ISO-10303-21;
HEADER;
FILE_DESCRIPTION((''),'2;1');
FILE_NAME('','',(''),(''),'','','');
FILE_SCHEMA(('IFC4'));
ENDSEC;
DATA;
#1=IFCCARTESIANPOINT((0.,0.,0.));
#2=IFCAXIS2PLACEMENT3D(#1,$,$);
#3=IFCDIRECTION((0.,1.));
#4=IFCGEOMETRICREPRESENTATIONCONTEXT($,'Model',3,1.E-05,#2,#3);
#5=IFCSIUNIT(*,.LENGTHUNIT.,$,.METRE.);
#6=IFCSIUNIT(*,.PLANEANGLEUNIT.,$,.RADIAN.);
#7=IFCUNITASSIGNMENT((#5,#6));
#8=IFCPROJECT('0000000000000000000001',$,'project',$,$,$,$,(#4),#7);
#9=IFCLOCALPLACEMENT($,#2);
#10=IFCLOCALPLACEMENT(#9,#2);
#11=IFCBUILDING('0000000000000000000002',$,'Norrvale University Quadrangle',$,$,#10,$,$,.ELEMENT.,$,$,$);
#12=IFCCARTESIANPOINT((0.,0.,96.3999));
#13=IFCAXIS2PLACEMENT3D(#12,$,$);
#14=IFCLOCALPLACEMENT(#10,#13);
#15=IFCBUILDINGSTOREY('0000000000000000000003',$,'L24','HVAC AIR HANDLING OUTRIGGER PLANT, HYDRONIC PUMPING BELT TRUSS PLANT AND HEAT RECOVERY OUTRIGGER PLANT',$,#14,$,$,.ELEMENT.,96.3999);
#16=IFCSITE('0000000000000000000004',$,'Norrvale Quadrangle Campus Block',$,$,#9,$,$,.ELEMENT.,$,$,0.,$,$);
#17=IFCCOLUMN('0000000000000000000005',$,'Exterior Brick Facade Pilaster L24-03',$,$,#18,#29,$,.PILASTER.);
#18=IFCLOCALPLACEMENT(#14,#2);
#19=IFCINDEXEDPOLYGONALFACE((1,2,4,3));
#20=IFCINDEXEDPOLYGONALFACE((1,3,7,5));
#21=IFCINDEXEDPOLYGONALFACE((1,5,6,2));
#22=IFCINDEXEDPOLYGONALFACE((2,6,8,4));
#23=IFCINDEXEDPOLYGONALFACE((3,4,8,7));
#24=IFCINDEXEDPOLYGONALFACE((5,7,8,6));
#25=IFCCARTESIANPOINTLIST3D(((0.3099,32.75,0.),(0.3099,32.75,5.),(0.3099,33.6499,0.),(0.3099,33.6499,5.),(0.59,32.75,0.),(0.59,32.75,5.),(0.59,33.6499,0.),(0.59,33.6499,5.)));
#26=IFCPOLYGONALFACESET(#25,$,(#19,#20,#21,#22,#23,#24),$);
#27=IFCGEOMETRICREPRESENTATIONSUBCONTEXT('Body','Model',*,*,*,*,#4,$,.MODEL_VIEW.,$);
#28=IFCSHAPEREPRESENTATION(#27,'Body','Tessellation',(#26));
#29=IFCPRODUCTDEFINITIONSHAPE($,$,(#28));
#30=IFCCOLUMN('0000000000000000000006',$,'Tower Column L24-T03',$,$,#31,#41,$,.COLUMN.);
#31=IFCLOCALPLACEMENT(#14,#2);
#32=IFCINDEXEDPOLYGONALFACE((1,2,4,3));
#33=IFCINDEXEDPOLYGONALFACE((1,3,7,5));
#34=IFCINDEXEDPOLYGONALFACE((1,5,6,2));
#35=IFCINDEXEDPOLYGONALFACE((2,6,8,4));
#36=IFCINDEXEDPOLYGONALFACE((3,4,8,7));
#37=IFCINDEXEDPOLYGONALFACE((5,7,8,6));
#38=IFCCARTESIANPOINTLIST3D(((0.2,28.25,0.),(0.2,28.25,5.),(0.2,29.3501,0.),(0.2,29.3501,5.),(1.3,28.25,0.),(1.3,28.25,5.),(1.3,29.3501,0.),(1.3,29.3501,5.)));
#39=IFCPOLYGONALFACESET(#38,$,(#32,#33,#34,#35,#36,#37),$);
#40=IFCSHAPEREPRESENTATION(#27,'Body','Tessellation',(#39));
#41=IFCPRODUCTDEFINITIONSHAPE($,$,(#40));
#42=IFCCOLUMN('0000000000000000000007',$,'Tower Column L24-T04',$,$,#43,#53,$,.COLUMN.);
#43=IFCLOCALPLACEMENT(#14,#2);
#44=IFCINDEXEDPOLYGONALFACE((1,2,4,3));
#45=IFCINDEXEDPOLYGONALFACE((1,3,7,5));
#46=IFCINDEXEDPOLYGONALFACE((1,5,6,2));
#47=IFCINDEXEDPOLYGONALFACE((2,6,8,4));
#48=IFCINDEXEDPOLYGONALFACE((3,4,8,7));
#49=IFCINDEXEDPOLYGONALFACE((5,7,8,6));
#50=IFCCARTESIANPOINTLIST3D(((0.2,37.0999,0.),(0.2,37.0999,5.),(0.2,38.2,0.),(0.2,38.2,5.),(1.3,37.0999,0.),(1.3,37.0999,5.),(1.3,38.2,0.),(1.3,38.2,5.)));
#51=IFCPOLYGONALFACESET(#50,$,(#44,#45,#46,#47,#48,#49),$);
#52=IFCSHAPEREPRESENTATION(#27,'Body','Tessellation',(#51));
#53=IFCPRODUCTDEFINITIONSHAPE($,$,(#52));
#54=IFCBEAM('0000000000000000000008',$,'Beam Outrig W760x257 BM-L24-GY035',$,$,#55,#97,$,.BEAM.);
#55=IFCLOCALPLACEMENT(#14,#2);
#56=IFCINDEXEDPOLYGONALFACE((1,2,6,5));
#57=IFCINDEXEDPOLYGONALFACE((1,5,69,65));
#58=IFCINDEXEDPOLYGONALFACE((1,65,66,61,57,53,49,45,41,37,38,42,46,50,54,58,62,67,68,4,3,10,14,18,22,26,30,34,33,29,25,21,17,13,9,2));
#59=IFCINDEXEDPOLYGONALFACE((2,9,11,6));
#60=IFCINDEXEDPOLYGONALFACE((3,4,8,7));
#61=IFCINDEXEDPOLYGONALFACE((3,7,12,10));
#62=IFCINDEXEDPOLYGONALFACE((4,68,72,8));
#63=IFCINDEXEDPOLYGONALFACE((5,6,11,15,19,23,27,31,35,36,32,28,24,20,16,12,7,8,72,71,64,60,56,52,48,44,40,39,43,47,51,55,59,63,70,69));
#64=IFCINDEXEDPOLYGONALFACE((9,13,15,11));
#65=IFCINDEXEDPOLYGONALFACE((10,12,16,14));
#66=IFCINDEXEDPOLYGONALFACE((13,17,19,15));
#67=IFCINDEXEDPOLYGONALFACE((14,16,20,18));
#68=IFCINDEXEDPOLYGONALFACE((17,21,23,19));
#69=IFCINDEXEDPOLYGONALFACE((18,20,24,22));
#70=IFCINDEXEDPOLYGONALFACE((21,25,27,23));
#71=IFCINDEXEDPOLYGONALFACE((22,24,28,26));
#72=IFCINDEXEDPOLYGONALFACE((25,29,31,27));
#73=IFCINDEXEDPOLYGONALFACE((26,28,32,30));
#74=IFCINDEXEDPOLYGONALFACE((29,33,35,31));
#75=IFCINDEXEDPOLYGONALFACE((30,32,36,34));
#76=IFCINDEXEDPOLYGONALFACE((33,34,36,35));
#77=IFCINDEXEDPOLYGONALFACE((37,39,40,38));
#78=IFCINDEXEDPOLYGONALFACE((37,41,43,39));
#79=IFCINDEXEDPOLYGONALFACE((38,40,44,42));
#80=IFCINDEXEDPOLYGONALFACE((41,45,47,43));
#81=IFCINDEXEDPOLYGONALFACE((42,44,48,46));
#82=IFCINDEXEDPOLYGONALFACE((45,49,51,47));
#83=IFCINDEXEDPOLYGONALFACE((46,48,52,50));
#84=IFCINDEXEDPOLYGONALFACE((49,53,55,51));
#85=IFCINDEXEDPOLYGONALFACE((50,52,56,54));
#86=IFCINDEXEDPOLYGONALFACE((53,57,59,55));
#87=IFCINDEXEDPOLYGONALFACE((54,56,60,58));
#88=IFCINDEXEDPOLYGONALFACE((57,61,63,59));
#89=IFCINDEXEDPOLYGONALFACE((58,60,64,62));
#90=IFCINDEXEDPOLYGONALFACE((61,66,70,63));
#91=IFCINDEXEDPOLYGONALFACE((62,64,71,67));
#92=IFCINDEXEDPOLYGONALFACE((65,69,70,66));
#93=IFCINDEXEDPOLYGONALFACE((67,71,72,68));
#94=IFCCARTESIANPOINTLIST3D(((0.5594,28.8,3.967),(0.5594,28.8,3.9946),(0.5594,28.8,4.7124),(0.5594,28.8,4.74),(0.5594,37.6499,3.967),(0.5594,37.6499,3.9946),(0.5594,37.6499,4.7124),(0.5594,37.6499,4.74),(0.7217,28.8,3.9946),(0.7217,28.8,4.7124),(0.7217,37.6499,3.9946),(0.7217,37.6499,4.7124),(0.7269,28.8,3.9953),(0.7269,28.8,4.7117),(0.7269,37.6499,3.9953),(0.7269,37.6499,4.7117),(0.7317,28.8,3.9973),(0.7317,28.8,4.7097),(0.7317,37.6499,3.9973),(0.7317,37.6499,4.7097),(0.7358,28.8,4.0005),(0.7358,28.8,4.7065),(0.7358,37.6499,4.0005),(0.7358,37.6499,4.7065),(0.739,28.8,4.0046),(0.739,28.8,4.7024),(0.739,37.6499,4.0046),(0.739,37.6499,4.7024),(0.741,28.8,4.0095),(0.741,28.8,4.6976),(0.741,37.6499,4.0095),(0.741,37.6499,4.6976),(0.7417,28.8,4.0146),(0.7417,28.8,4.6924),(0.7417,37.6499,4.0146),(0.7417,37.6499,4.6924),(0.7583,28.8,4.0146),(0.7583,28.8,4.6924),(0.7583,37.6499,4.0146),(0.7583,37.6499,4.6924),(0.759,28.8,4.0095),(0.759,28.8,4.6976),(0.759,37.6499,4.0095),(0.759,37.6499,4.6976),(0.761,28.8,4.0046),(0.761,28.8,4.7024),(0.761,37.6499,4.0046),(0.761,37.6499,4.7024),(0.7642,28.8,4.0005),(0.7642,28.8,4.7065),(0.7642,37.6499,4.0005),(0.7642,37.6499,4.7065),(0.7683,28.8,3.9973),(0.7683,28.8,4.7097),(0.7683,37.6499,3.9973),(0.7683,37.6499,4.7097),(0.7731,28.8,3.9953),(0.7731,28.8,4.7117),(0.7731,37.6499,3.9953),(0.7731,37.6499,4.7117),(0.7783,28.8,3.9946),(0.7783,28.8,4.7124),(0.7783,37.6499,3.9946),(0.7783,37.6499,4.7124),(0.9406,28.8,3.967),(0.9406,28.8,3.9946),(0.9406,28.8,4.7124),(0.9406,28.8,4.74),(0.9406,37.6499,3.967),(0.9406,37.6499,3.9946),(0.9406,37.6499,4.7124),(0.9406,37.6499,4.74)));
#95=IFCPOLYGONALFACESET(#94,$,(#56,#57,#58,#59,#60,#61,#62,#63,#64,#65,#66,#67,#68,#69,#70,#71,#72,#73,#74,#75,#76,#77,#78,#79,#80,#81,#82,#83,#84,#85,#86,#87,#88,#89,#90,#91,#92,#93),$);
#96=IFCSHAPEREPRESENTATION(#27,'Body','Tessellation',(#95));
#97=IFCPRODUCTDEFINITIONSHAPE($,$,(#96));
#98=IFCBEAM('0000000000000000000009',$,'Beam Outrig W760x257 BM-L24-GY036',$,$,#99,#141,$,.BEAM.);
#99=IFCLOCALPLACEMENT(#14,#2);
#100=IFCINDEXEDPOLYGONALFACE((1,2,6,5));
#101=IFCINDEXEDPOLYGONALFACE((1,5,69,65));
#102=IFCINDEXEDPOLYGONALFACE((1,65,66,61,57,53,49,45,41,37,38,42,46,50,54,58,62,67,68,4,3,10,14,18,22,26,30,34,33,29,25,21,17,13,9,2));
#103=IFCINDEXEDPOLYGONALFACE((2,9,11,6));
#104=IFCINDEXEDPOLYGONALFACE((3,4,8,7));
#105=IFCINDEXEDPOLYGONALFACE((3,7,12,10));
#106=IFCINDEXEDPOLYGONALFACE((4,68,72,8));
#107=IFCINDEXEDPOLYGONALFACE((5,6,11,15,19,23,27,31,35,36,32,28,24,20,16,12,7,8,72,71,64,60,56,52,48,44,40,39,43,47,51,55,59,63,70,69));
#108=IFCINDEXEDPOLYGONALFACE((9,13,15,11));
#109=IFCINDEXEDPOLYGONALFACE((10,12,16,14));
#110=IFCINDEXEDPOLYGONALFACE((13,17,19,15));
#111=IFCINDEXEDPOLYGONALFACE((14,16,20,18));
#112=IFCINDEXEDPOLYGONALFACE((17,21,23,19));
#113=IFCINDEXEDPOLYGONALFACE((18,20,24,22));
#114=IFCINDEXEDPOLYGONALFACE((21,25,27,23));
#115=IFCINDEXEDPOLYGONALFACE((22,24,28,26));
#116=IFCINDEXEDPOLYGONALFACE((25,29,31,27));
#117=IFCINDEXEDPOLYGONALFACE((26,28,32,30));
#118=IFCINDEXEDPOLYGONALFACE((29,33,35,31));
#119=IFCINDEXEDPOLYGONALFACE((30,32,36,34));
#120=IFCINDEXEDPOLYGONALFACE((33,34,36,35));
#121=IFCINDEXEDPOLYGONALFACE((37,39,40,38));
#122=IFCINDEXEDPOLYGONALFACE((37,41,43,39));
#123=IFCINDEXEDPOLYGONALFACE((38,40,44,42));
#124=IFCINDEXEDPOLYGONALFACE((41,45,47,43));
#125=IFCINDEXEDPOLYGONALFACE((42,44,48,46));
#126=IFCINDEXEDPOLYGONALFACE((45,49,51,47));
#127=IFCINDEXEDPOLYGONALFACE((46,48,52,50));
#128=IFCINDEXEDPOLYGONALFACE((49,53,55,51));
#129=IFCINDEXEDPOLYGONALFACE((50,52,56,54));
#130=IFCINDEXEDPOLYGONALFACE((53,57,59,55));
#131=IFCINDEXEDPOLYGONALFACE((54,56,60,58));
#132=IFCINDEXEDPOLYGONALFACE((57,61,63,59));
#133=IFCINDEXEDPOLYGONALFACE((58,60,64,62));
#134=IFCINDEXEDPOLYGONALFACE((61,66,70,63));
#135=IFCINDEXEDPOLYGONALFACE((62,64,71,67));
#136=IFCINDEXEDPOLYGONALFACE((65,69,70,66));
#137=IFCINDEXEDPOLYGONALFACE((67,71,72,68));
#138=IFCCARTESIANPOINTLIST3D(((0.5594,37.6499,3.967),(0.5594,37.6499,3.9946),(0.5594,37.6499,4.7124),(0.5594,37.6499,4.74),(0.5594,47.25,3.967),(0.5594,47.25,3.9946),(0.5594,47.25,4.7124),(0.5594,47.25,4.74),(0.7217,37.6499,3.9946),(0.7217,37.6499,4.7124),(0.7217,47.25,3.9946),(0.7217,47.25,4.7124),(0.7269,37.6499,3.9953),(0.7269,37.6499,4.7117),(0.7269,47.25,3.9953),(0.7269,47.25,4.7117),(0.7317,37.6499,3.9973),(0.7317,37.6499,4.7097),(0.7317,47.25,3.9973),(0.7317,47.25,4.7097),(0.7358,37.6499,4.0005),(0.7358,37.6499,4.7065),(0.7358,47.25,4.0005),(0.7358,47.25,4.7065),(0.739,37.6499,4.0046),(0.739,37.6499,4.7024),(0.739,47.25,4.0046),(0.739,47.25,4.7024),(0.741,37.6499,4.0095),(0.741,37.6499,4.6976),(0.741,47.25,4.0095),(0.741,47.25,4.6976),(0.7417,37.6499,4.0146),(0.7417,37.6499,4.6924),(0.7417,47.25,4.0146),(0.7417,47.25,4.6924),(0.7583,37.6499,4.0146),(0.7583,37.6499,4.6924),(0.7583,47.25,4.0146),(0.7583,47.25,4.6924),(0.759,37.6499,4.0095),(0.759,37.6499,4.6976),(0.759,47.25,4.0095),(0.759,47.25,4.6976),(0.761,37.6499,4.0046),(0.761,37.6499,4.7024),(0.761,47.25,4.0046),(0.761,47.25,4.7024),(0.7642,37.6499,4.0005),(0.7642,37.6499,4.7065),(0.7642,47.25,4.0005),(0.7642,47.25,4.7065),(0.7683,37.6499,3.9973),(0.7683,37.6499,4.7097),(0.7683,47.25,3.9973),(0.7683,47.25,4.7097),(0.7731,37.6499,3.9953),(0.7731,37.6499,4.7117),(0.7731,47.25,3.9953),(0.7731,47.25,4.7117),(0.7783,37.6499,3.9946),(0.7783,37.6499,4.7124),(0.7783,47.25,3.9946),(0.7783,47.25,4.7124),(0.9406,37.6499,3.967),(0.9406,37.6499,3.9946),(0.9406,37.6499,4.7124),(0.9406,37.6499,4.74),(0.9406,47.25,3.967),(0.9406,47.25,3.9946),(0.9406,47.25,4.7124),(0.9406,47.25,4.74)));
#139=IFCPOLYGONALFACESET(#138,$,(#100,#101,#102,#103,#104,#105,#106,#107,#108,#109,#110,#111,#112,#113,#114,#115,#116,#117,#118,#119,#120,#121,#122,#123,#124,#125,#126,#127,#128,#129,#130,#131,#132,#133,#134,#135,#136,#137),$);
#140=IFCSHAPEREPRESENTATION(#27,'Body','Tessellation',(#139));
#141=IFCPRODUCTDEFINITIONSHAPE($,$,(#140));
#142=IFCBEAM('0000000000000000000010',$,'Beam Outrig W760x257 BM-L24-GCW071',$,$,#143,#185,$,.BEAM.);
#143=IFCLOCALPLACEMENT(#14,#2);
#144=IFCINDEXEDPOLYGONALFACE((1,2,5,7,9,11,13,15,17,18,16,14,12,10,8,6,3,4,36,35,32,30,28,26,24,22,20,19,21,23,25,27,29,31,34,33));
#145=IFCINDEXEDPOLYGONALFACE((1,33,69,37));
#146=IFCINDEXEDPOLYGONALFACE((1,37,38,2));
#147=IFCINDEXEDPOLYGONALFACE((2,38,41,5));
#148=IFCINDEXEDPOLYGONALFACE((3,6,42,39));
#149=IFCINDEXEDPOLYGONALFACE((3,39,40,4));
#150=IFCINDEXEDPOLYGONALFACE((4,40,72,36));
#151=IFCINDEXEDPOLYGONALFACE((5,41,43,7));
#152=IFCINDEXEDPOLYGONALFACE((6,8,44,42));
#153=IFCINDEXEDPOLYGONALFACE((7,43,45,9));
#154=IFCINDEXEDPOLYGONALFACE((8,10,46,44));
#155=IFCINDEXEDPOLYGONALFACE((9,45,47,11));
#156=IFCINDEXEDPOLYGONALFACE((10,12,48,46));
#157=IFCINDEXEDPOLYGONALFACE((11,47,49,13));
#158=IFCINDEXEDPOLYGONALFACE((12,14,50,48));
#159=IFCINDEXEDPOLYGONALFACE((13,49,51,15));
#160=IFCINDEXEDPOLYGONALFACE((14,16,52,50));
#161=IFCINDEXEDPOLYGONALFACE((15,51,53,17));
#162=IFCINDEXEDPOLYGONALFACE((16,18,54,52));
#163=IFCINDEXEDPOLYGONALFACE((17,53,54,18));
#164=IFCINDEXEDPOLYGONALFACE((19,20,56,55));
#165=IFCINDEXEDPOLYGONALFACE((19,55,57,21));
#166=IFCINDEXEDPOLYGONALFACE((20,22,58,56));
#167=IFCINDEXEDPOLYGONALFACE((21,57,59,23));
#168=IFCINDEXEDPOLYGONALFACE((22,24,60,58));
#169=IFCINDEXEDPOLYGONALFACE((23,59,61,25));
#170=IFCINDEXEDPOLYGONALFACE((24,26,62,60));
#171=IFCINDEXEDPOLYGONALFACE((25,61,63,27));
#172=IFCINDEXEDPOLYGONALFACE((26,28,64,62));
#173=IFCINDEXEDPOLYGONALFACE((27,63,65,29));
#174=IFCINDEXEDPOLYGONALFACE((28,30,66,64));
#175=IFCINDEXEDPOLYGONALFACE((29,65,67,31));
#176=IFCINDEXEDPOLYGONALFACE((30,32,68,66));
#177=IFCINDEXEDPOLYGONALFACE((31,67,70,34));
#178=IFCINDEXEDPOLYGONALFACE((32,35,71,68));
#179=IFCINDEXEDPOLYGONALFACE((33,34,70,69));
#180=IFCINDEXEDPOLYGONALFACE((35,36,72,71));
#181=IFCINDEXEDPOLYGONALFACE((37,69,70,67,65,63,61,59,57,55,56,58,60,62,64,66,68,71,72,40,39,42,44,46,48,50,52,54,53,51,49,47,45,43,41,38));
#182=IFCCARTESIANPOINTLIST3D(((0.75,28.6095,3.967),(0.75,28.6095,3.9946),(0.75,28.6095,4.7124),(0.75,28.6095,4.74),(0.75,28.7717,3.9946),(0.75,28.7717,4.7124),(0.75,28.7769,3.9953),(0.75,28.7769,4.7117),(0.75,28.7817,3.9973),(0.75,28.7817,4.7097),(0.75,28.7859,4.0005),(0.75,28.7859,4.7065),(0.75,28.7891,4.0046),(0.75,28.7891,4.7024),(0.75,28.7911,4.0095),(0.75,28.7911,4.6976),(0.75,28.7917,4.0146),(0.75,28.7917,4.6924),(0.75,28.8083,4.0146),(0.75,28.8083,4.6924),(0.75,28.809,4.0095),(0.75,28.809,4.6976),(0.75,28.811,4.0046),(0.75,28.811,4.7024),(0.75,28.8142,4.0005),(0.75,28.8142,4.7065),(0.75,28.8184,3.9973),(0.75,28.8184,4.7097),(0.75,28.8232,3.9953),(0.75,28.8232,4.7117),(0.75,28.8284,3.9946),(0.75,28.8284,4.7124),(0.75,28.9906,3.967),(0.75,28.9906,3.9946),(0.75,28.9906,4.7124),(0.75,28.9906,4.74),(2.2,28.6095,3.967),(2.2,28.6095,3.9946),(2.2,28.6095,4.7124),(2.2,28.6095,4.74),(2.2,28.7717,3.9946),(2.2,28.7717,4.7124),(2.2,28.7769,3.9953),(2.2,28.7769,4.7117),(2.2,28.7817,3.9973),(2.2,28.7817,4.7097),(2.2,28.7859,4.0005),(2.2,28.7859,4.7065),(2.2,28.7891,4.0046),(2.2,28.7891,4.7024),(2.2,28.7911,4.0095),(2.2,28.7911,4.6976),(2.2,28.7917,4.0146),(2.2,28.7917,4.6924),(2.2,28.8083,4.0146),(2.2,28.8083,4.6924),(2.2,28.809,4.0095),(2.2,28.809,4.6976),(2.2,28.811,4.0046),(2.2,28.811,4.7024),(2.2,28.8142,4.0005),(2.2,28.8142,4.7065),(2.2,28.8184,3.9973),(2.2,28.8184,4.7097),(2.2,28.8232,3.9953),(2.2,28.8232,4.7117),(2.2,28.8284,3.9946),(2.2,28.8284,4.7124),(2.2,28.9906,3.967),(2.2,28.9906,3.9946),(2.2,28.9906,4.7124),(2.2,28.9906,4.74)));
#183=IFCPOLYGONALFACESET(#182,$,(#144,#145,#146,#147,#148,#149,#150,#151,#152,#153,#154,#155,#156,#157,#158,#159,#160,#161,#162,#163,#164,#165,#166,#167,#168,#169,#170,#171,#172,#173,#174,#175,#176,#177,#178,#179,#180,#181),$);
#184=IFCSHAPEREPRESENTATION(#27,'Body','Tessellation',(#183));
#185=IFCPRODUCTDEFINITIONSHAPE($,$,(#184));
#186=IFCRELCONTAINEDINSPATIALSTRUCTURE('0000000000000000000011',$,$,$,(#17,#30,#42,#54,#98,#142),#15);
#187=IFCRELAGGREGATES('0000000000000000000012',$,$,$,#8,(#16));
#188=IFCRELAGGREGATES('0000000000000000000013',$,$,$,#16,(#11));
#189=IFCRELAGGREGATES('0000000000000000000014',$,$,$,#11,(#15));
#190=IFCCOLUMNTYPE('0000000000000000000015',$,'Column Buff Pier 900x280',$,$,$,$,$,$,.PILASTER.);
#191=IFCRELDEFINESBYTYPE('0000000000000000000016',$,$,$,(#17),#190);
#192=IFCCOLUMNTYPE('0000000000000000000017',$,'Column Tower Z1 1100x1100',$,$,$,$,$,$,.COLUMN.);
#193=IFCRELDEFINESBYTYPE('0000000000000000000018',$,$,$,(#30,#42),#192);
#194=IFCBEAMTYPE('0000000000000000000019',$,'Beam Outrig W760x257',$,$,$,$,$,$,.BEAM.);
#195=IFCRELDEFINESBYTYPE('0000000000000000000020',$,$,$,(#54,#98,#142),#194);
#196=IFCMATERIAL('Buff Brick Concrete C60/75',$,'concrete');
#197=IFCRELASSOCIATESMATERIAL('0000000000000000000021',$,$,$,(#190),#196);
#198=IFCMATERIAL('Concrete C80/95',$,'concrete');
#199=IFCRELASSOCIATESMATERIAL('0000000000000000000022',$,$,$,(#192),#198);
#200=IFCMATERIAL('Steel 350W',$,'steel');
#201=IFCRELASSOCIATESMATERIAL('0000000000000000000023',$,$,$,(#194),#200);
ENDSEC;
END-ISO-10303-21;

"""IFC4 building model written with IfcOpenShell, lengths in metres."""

from ifc_helpers import new_model, si_unit, direction, frame, origin, origin_2d, place, context, subcontext, project, spatial, rectangle, i_section, extrude, material, material_profile, profile_set, type_object, element, save


model = new_model("IFC4")

# Units and contexts
model_context = context("Model", 3, precision=1e-05, world=origin(), true_north=direction((0.0, 1.0)))
body_context = subcontext(model_context, "Body", "Model", "MODEL_VIEW")
ifc_project = project(units=[si_unit("LENGTHUNIT", "METRE"), si_unit("PLANEANGLEUNIT", "RADIAN")], contexts=[model_context])

# Site, building, storey
site_placement = place(None, origin())
site = spatial("IfcSite", under=ifc_project, at=site_placement, Name="Norrvale Quadrangle Campus Block", CompositionType="ELEMENT", RefElevation=0.0)
building_placement = place(site_placement, origin())
building = spatial("IfcBuilding", under=site, at=building_placement, Name="Norrvale University Quadrangle", CompositionType="ELEMENT")
storey_placement = place(building_placement, frame((0.0, 0.0, 96.3999)))
storey = spatial("IfcBuildingStorey", under=building, at=storey_placement, Name="L24", Description="HVAC AIR HANDLING OUTRIGGER PLANT, HYDRONIC PUMPING BELT TRUSS PLANT AND HEAT RECOVERY OUTRIGGER PLANT", CompositionType="ELEMENT", Elevation=96.3999)

# Columns
ifc_material_1 = material(Name="Buff Brick Concrete C60/75", Category="concrete")
ifc_material_profile_1 = material_profile(ifc_material_1, rectangle(XDim=0.8999, YDim=0.28, at=origin_2d()), Name="Buff Brick Concrete C60/75")
ifc_profile_set_1 = profile_set([ifc_material_profile_1], Name="Buff Brick Concrete C60/75")
column_type_1 = type_object("IfcColumnType", Name="Column Buff Pier 900x280", PredefinedType="PILASTER", material=ifc_profile_set_1)
column_placement = place(storey_placement, frame((0.45, 33.2, 0.0), z_axis=(0.0, 0.0, 1.0), x_axis=(0.0, 1.0, 0.0)))
element("IfcColumn", 1, at=column_placement, inside=storey, type_object=column_type_1, Name="Exterior Brick Facade Pilaster L24-03", PredefinedType="PILASTER", context=body_context, shape_type="SweptSolid", body=[
    extrude(rectangle(XDim=0.8999, YDim=0.28, at=origin_2d()), origin(), (0.0, 0.0, 1.0), 5.0),
])
ifc_material_2 = material(Name="Concrete C80/95", Category="concrete")
ifc_material_profile_2 = material_profile(ifc_material_2, rectangle(XDim=1.1001, YDim=1.1001, at=origin_2d()), Name="Concrete C80/95")
ifc_profile_set_2 = profile_set([ifc_material_profile_2], Name="Concrete C80/95")
column_type_2 = type_object("IfcColumnType", Name="Column Tower Z1 1100x1100", PredefinedType="COLUMN", material=ifc_profile_set_2)
for number, where, z_axis, x_axis, name in (
    (2, (0.75, 28.8, 0.0), (0.0, 0.0, 1.0), (1.0, 0.0, 0.0), "Tower Column L24-T03"),
    (3, (0.75, 37.6499, 0.0), (0.0, 0.0, 1.0), (1.0, 0.0, 0.0), "Tower Column L24-T04"),
):
    element("IfcColumn", number, at=place(storey_placement, frame(where, z_axis=z_axis, x_axis=x_axis)), inside=storey, type_object=column_type_2, Name=name, PredefinedType="COLUMN", context=body_context, shape_type="SweptSolid", body=[
        extrude(rectangle(XDim=1.1001, YDim=1.1001, at=origin_2d()), origin(), (0.0, 0.0, 1.0), 5.0),
    ])

# Beams
ifc_material_3 = material(Name="Steel 350W", Category="steel")
ifc_material_profile_3 = material_profile(ifc_material_3, i_section(OverallWidth=0.3811, OverallDepth=0.7729, WebThickness=0.0166, FlangeThickness=0.0276, FilletRadius=0.02, at=origin_2d()), Name="Steel 350W")
ifc_profile_set_3 = profile_set([ifc_material_profile_3], Name="Steel 350W")
beam_type = type_object("IfcBeamType", Name="Beam Outrig W760x257", PredefinedType="BEAM", material=ifc_profile_set_3)
beam_1_placement = place(storey_placement, frame((0.75, 28.8, 4.3535), z_axis=(0.0, 1.0, 0.0), x_axis=(-1.0, 0.0, 0.0)))
element("IfcBeam", 4, at=beam_1_placement, inside=storey, type_object=beam_type, Name="Beam Outrig W760x257 BM-L24-GY035", PredefinedType="BEAM", context=body_context, shape_type="SweptSolid", body=[
    extrude(i_section(OverallWidth=0.3811, OverallDepth=0.7729, WebThickness=0.0166, FlangeThickness=0.0276, FilletRadius=0.02, at=origin_2d()), origin(), (0.0, 0.0, 1.0), 8.8499),
])
beam_2_placement = place(storey_placement, frame((0.75, 37.6499, 4.3535), z_axis=(0.0, 1.0, 0.0), x_axis=(-1.0, 0.0, 0.0)))
element("IfcBeam", 5, at=beam_2_placement, inside=storey, type_object=beam_type, Name="Beam Outrig W760x257 BM-L24-GY036", PredefinedType="BEAM", context=body_context, shape_type="SweptSolid", body=[
    extrude(i_section(OverallWidth=0.3811, OverallDepth=0.7729, WebThickness=0.0166, FlangeThickness=0.0276, FilletRadius=0.02, at=origin_2d()), origin(), (0.0, 0.0, 1.0), 9.6001),
])
for number, where, z_axis, x_axis, name in (
    (6, (0.75, 28.8, 4.3535), (1.0, 0.0, 0.0), (0.0, 1.0, 0.0), "Beam Outrig W760x257 BM-L24-GCW071"),
):
    element("IfcBeam", number, at=place(storey_placement, frame(where, z_axis=z_axis, x_axis=x_axis)), inside=storey, type_object=beam_type, Name=name, PredefinedType="BEAM", context=body_context, shape_type="SweptSolid", body=[
        extrude(i_section(OverallWidth=0.3811, OverallDepth=0.7729, WebThickness=0.0166, FlangeThickness=0.0276, FilletRadius=0.02, at=origin_2d()), origin(), (0.0, 0.0, 1.0), 1.45),
    ])

save(model, "model.ifc")
